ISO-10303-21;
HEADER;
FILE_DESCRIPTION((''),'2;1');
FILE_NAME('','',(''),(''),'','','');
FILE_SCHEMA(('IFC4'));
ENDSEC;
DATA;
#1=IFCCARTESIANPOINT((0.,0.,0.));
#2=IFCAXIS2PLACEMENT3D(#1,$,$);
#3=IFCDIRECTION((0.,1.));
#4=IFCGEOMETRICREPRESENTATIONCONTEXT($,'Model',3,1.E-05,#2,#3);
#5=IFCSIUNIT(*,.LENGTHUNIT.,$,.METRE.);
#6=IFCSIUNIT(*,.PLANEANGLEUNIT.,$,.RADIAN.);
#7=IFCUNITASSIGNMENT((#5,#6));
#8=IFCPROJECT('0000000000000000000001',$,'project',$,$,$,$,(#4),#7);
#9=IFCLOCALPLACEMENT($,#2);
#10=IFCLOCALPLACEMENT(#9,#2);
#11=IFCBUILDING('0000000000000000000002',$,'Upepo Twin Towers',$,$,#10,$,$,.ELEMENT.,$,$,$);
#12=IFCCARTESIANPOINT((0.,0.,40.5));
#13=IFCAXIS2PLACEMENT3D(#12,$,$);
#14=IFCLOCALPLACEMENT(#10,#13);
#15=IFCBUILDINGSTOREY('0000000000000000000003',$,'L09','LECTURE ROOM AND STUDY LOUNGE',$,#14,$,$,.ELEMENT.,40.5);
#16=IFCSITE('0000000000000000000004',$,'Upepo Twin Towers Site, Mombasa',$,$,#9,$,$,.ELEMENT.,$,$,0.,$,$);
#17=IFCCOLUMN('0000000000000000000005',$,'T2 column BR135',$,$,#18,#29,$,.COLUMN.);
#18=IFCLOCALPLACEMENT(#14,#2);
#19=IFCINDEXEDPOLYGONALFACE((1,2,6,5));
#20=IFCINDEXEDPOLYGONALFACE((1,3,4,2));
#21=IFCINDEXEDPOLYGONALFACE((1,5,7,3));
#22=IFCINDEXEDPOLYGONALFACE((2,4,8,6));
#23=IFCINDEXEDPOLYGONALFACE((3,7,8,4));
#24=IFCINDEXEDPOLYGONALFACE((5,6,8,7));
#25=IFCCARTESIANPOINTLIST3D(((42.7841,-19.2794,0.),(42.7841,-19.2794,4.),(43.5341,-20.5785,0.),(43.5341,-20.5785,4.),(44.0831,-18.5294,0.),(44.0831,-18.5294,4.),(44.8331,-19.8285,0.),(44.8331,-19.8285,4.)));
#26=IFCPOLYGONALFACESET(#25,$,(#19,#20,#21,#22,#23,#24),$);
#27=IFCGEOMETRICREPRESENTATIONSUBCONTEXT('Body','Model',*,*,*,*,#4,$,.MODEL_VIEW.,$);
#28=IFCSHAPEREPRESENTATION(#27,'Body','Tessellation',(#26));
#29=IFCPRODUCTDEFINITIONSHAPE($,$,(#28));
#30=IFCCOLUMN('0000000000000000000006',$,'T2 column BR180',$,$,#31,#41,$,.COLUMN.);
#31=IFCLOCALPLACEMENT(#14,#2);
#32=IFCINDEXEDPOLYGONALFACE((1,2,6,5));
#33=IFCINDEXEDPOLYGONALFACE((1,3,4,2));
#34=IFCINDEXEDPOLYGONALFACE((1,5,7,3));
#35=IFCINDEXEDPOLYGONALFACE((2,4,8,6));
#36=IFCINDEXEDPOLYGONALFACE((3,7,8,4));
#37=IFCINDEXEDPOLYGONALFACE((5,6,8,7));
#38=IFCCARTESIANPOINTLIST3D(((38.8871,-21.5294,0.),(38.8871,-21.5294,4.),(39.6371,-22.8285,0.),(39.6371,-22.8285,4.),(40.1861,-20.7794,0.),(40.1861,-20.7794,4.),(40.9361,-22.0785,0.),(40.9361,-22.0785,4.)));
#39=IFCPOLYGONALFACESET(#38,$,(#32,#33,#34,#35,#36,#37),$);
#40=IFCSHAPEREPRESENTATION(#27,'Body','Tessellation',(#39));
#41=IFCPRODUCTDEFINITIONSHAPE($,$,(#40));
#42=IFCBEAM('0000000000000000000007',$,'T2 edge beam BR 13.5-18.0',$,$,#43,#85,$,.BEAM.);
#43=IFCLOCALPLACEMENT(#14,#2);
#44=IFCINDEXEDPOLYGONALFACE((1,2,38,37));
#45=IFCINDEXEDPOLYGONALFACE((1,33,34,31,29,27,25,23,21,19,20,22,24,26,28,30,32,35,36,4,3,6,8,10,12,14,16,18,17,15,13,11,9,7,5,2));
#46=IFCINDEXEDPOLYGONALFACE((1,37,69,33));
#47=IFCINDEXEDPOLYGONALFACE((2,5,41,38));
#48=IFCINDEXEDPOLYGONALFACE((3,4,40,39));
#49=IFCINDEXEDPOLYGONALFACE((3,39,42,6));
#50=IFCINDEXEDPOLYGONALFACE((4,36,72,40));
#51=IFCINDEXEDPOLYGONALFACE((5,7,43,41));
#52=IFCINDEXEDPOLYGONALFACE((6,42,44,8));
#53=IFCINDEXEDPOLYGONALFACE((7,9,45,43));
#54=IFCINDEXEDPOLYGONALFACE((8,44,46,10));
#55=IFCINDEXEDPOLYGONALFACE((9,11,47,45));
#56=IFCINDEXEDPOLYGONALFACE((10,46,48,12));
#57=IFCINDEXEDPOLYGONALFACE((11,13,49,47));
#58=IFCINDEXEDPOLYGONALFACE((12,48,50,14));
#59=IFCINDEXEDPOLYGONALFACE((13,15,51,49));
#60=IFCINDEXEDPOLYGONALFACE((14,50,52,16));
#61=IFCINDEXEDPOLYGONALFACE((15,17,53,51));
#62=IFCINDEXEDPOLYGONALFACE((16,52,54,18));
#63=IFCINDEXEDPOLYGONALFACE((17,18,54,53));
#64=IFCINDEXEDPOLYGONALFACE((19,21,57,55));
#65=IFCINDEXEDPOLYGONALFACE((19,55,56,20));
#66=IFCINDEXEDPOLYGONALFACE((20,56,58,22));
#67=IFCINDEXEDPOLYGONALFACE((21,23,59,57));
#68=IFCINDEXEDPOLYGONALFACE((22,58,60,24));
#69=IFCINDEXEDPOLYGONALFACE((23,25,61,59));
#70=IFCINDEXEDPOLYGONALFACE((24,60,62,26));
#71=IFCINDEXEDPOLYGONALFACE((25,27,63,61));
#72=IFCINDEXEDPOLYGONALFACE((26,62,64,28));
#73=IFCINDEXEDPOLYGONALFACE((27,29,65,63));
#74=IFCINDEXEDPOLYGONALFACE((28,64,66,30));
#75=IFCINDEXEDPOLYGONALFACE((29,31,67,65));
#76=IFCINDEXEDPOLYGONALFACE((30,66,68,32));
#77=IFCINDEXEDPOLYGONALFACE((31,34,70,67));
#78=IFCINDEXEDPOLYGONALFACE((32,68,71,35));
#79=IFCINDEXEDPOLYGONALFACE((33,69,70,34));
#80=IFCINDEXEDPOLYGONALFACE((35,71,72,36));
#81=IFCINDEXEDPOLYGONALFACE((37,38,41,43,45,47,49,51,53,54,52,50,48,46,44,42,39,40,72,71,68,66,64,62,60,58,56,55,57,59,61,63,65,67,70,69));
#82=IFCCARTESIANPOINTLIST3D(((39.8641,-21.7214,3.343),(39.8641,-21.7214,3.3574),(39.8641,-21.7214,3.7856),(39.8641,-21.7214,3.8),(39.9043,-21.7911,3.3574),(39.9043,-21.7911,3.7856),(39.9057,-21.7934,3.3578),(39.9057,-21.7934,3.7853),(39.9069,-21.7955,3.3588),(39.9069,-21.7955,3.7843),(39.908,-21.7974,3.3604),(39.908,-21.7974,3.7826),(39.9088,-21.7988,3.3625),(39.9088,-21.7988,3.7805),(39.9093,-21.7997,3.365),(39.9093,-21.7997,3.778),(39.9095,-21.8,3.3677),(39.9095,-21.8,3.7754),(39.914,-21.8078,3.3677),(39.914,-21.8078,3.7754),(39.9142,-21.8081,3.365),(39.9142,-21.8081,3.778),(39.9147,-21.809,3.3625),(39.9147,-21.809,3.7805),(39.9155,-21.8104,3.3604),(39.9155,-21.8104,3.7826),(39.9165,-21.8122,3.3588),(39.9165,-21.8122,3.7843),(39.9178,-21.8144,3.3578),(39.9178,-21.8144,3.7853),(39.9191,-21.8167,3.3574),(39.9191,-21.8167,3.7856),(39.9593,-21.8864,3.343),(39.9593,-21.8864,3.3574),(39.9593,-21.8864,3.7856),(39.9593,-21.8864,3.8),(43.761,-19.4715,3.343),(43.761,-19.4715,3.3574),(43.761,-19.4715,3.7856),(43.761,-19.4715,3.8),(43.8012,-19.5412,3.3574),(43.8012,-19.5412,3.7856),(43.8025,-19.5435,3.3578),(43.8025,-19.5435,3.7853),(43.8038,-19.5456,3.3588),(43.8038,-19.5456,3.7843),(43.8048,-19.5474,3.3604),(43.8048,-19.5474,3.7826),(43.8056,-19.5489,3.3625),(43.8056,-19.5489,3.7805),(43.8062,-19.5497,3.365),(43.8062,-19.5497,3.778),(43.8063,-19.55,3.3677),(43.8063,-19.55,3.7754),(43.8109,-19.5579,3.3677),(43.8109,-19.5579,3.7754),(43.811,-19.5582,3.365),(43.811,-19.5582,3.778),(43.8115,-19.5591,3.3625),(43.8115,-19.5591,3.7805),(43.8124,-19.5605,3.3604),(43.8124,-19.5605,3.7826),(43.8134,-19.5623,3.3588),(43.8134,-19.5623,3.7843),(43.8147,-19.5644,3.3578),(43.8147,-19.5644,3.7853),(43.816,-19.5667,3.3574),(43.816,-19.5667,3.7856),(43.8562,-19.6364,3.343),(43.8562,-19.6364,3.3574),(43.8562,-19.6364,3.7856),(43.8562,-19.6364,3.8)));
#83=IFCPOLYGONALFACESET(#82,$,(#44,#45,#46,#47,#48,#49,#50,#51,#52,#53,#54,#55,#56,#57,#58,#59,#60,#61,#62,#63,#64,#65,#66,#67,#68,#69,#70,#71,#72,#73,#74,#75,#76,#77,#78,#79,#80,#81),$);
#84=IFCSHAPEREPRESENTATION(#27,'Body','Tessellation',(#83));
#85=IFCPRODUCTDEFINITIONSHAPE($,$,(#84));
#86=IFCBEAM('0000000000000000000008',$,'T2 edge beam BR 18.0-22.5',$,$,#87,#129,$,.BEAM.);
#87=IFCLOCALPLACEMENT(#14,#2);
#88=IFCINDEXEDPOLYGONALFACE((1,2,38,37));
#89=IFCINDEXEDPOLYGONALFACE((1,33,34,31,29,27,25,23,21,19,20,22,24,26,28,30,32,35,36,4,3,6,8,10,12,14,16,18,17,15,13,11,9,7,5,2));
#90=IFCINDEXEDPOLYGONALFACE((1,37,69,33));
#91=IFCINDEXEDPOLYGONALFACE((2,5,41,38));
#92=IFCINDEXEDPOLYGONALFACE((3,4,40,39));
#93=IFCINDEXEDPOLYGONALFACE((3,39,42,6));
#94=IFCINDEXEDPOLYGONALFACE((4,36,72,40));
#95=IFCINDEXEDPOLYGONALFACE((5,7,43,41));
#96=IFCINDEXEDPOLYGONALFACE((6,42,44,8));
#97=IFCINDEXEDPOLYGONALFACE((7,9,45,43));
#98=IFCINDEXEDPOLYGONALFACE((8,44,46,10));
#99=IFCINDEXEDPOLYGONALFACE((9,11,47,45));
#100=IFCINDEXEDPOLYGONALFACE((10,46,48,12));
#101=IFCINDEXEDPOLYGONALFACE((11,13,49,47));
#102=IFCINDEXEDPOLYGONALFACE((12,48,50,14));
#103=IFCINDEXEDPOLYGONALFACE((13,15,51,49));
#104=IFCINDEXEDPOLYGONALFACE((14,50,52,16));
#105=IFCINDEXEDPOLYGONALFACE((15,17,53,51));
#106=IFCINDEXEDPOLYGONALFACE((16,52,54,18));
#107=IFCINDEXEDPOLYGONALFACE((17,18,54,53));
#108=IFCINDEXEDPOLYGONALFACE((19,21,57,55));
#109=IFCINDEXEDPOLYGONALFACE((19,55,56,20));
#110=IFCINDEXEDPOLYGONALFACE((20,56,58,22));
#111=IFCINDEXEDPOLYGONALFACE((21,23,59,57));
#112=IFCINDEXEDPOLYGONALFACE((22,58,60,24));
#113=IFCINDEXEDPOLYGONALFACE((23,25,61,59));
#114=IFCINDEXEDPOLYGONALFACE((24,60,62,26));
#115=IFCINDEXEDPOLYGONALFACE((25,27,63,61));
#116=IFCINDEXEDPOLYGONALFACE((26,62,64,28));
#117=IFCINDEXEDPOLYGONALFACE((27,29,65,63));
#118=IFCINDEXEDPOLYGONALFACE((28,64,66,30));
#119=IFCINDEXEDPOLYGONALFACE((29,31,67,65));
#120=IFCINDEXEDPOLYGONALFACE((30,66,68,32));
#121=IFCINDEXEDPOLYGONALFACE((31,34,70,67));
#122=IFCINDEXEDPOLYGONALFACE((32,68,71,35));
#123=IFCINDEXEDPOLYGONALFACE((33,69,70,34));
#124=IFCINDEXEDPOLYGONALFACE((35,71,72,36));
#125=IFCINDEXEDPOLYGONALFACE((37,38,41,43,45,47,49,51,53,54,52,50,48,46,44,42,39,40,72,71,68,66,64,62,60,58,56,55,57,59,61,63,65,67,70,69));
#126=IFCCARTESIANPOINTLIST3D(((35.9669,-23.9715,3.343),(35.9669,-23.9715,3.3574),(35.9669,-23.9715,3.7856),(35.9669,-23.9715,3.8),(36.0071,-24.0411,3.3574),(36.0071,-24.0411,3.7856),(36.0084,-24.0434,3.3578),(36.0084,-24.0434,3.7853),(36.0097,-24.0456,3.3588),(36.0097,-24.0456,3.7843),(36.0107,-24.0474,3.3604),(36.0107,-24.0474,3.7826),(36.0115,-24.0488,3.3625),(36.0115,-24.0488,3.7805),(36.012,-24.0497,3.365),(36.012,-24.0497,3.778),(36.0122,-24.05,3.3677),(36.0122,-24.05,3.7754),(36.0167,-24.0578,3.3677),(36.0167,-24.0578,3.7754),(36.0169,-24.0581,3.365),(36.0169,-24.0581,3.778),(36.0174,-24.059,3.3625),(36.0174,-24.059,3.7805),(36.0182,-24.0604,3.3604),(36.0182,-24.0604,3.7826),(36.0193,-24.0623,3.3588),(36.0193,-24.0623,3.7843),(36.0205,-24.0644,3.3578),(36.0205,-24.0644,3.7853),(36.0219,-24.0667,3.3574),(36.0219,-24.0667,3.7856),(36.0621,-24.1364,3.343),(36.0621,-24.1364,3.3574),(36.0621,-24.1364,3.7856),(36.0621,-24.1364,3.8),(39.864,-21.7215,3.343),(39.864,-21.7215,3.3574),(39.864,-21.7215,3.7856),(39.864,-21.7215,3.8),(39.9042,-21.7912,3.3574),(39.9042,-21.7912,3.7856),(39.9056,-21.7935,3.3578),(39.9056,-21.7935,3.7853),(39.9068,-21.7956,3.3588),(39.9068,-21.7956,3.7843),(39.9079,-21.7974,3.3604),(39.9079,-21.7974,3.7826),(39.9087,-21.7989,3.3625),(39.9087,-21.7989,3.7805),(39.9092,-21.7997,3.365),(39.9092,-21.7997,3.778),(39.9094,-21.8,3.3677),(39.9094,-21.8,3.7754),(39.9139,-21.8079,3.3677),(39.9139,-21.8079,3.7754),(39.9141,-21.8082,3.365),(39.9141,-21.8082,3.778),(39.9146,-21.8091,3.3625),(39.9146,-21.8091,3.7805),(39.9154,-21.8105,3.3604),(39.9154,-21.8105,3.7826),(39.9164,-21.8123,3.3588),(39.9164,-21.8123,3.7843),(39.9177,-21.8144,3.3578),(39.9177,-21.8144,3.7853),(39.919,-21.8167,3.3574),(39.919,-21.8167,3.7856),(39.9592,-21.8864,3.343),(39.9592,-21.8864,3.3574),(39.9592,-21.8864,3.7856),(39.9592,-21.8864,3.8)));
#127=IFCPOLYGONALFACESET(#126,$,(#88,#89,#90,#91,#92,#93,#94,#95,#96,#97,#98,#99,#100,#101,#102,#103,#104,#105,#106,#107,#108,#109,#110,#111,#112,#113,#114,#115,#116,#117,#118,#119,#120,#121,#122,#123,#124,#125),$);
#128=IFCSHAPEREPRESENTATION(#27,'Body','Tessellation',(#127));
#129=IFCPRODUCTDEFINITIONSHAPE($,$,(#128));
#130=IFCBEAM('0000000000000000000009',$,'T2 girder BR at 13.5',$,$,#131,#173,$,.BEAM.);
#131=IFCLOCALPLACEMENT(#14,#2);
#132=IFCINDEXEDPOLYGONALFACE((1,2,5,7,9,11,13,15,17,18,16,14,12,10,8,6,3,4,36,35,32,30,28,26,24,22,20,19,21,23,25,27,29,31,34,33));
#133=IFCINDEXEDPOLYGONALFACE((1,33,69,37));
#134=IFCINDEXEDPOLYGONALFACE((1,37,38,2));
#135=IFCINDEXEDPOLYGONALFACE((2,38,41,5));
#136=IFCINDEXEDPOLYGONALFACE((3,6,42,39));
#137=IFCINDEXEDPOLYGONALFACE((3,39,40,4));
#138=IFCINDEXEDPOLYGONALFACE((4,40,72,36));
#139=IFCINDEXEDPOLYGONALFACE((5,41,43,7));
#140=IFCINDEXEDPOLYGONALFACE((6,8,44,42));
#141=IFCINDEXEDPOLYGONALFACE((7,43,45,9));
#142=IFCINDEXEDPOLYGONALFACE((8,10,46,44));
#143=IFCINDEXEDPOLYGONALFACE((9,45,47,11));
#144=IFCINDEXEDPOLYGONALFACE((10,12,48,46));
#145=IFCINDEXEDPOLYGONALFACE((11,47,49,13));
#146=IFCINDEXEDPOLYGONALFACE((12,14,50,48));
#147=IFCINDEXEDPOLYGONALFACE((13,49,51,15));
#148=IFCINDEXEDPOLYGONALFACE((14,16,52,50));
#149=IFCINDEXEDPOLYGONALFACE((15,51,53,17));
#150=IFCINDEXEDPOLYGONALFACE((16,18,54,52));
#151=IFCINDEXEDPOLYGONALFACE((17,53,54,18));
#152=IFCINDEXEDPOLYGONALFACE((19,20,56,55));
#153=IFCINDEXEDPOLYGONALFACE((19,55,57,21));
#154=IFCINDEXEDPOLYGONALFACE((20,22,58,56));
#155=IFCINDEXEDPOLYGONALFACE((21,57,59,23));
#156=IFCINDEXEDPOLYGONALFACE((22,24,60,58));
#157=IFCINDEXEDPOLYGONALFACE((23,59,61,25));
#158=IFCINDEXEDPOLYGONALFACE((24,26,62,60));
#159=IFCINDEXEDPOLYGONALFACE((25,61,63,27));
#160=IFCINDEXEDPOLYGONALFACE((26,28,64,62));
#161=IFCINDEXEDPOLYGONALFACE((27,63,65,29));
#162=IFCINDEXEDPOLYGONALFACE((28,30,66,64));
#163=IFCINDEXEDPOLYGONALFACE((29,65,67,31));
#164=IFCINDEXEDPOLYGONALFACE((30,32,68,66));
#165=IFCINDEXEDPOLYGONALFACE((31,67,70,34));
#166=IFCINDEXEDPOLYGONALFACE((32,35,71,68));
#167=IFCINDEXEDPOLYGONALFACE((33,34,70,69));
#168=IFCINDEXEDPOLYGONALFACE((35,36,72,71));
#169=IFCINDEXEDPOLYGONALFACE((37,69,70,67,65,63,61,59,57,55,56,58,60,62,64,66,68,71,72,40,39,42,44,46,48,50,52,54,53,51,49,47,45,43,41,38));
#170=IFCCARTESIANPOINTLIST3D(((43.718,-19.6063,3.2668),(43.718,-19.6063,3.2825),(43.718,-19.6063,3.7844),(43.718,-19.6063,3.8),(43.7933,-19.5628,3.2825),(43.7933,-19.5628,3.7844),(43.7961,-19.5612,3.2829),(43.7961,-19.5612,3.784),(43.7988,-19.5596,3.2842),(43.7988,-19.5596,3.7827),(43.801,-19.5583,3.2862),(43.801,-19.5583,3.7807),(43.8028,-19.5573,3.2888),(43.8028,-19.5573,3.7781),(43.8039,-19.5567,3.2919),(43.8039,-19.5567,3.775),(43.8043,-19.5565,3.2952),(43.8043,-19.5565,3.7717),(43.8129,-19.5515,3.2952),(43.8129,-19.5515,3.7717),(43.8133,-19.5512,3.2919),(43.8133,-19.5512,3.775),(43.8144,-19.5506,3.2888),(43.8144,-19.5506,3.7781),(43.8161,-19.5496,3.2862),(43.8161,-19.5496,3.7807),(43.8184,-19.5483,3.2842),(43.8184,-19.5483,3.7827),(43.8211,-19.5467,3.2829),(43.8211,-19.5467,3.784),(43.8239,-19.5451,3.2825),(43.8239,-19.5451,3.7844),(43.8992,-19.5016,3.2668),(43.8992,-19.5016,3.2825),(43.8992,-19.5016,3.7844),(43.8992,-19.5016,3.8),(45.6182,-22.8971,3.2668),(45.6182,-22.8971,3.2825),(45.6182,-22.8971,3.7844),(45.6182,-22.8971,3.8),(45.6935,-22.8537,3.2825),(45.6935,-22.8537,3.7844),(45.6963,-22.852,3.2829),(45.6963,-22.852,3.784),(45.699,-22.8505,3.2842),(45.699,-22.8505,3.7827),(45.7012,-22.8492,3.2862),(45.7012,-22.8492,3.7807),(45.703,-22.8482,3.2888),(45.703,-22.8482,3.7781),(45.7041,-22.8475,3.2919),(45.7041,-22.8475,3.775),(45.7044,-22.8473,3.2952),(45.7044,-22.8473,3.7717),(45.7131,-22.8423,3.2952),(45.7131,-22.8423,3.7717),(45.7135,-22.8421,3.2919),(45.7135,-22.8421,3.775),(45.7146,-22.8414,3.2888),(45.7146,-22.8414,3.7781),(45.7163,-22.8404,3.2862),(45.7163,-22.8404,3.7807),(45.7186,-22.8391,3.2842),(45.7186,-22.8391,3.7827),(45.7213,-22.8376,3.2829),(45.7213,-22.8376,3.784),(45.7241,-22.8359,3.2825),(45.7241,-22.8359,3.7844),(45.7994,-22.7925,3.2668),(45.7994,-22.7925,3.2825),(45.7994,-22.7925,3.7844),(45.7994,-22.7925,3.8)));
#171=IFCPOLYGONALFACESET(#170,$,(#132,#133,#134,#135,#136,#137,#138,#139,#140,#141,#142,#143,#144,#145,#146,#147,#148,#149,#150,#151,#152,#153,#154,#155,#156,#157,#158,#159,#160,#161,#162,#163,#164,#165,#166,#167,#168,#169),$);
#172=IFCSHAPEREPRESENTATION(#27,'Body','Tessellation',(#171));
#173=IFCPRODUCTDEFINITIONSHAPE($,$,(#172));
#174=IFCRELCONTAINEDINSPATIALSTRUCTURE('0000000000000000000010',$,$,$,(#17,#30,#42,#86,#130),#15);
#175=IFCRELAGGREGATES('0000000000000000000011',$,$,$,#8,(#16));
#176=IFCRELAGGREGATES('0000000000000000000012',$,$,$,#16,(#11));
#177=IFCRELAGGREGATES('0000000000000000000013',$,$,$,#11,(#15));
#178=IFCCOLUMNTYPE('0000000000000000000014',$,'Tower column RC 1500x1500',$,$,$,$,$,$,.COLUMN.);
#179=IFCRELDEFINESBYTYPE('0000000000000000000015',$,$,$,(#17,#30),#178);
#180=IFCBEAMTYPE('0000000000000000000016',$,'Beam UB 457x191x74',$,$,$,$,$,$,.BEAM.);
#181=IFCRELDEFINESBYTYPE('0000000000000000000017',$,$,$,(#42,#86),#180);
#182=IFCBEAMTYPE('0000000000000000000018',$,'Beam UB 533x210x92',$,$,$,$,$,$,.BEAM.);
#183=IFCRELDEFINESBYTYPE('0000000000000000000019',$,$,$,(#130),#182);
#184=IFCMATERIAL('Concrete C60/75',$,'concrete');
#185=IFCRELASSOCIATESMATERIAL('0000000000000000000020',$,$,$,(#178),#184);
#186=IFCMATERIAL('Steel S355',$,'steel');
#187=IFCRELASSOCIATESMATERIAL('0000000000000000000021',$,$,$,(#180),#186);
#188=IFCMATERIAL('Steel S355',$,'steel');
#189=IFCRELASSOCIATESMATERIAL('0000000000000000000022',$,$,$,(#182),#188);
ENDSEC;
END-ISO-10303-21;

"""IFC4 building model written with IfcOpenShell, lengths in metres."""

from ifc_helpers import new_model, si_unit, direction, frame, origin, origin_2d, place, context, subcontext, project, spatial, rectangle, i_section, extrude, material, material_profile, profile_set, type_object, element, save


model = new_model("IFC4")

# Units and contexts
model_context = context("Model", 3, precision=1e-05, world=origin(), true_north=direction((0.0, 1.0)))
body_context = subcontext(model_context, "Body", "Model", "MODEL_VIEW")
ifc_project = project(units=[si_unit("LENGTHUNIT", "METRE"), si_unit("PLANEANGLEUNIT", "RADIAN")], contexts=[model_context])

# Site, building, storey
site_placement = place(None, origin())
site = spatial("IfcSite", under=ifc_project, at=site_placement, Name="Upepo Twin Towers Site, Mombasa", CompositionType="ELEMENT", RefElevation=0.0)
building_placement = place(site_placement, origin())
building = spatial("IfcBuilding", under=site, at=building_placement, Name="Upepo Twin Towers", CompositionType="ELEMENT")
storey_placement = place(building_placement, frame((0.0, 0.0, 40.5)))
storey = spatial("IfcBuildingStorey", under=building, at=storey_placement, Name="L09", Description="LECTURE ROOM AND STUDY LOUNGE", CompositionType="ELEMENT", Elevation=40.5)

# Columns
ifc_material_1 = material(Name="Concrete C60/75", Category="concrete")
ifc_material_profile_1 = material_profile(ifc_material_1, rectangle(XDim=1.5, YDim=1.5, at=origin_2d()), Name="RC 1500x1500")
ifc_profile_set_1 = profile_set([ifc_material_profile_1], Name="Concrete C60/75")
column_type = type_object("IfcColumnType", Name="Tower column RC 1500x1500", PredefinedType="COLUMN", material=ifc_profile_set_1)
for number, where, z_axis, x_axis, name in (
    (1, (43.8086, -19.554, 0.0), (0.0, 0.0, 1.0), (0.866025, 0.5, 0.0), "T2 column BR135"),
    (2, (39.9116, -21.804, 0.0), (0.0, 0.0, 1.0), (0.866025, 0.5, 0.0), "T2 column BR180"),
):
    element("IfcColumn", number, at=place(storey_placement, frame(where, z_axis=z_axis, x_axis=x_axis)), inside=storey, type_object=column_type, Name=name, PredefinedType="COLUMN", context=body_context, shape_type="SweptSolid", body=[
        extrude(rectangle(XDim=1.5, YDim=1.5, at=origin_2d()), origin(), (0.0, 0.0, 1.0), 4.0),
    ])

# Beams
ifc_material_2 = material(Name="Steel S355", Category="steel")
ifc_material_profile_2 = material_profile(ifc_material_2, i_section(OverallWidth=0.1904, OverallDepth=0.457, WebThickness=0.009, FlangeThickness=0.0144, FilletRadius=0.0103, at=origin_2d()), Name="UB 457x191x74")
ifc_profile_set_2 = profile_set([ifc_material_profile_2], Name="Steel S355")
beam_type_1 = type_object("IfcBeamType", Name="Beam UB 457x191x74", PredefinedType="BEAM", material=ifc_profile_set_2)
beam_1_placement = place(storey_placement, frame((43.8086, -19.554, 3.5715), z_axis=(-0.866018, -0.500014, 0.0), x_axis=(0.500014, -0.866018, 0.0)))
element("IfcBeam", 3, at=beam_1_placement, inside=storey, type_object=beam_type_1, Name="T2 edge beam BR 13.5-18.0", PredefinedType="BEAM", context=body_context, shape_type="SweptSolid", body=[
    extrude(i_section(OverallWidth=0.1904, OverallDepth=0.457, WebThickness=0.009, FlangeThickness=0.0144, FilletRadius=0.0103, at=origin_2d()), origin(), (0.0, 0.0, 1.0), 4.4998),
])
beam_2_placement = place(storey_placement, frame((39.9116, -21.804, 3.5715), z_axis=(-0.866031, -0.49999, 0.0), x_axis=(0.49999, -0.866031, 0.0)))
element("IfcBeam", 4, at=beam_2_placement, inside=storey, type_object=beam_type_1, Name="T2 edge beam BR 18.0-22.5", PredefinedType="BEAM", context=body_context, shape_type="SweptSolid", body=[
    extrude(i_section(OverallWidth=0.1904, OverallDepth=0.457, WebThickness=0.009, FlangeThickness=0.0144, FilletRadius=0.0103, at=origin_2d()), origin(), (0.0, 0.0, 1.0), 4.5),
])
ifc_material_3 = material(Name="Steel S355", Category="steel")
ifc_material_profile_3 = material_profile(ifc_material_3, i_section(OverallWidth=0.2092, OverallDepth=0.5332, WebThickness=0.01, FlangeThickness=0.0156, FilletRadius=0.0127, at=origin_2d()), Name="UB 533x210x92")
ifc_profile_set_3 = profile_set([ifc_material_profile_3], Name="Steel S355")
beam_type_2 = type_object("IfcBeamType", Name="Beam UB 533x210x92", PredefinedType="BEAM", material=ifc_profile_set_3)
beam_3_placement = place(storey_placement, frame((43.8086, -19.554, 3.5334), z_axis=(0.500043, -0.866, 0.0), x_axis=(0.866, 0.500043, 0.0)))
element("IfcBeam", 5, at=beam_3_placement, inside=storey, type_object=beam_type_2, Name="T2 girder BR at 13.5", PredefinedType="BEAM", context=body_context, shape_type="SweptSolid", body=[
    extrude(i_section(OverallWidth=0.2092, OverallDepth=0.5332, WebThickness=0.01, FlangeThickness=0.0156, FilletRadius=0.0127, at=origin_2d()), origin(), (0.0, 0.0, 1.0), 3.8),
])

save(model, "model.ifc")
